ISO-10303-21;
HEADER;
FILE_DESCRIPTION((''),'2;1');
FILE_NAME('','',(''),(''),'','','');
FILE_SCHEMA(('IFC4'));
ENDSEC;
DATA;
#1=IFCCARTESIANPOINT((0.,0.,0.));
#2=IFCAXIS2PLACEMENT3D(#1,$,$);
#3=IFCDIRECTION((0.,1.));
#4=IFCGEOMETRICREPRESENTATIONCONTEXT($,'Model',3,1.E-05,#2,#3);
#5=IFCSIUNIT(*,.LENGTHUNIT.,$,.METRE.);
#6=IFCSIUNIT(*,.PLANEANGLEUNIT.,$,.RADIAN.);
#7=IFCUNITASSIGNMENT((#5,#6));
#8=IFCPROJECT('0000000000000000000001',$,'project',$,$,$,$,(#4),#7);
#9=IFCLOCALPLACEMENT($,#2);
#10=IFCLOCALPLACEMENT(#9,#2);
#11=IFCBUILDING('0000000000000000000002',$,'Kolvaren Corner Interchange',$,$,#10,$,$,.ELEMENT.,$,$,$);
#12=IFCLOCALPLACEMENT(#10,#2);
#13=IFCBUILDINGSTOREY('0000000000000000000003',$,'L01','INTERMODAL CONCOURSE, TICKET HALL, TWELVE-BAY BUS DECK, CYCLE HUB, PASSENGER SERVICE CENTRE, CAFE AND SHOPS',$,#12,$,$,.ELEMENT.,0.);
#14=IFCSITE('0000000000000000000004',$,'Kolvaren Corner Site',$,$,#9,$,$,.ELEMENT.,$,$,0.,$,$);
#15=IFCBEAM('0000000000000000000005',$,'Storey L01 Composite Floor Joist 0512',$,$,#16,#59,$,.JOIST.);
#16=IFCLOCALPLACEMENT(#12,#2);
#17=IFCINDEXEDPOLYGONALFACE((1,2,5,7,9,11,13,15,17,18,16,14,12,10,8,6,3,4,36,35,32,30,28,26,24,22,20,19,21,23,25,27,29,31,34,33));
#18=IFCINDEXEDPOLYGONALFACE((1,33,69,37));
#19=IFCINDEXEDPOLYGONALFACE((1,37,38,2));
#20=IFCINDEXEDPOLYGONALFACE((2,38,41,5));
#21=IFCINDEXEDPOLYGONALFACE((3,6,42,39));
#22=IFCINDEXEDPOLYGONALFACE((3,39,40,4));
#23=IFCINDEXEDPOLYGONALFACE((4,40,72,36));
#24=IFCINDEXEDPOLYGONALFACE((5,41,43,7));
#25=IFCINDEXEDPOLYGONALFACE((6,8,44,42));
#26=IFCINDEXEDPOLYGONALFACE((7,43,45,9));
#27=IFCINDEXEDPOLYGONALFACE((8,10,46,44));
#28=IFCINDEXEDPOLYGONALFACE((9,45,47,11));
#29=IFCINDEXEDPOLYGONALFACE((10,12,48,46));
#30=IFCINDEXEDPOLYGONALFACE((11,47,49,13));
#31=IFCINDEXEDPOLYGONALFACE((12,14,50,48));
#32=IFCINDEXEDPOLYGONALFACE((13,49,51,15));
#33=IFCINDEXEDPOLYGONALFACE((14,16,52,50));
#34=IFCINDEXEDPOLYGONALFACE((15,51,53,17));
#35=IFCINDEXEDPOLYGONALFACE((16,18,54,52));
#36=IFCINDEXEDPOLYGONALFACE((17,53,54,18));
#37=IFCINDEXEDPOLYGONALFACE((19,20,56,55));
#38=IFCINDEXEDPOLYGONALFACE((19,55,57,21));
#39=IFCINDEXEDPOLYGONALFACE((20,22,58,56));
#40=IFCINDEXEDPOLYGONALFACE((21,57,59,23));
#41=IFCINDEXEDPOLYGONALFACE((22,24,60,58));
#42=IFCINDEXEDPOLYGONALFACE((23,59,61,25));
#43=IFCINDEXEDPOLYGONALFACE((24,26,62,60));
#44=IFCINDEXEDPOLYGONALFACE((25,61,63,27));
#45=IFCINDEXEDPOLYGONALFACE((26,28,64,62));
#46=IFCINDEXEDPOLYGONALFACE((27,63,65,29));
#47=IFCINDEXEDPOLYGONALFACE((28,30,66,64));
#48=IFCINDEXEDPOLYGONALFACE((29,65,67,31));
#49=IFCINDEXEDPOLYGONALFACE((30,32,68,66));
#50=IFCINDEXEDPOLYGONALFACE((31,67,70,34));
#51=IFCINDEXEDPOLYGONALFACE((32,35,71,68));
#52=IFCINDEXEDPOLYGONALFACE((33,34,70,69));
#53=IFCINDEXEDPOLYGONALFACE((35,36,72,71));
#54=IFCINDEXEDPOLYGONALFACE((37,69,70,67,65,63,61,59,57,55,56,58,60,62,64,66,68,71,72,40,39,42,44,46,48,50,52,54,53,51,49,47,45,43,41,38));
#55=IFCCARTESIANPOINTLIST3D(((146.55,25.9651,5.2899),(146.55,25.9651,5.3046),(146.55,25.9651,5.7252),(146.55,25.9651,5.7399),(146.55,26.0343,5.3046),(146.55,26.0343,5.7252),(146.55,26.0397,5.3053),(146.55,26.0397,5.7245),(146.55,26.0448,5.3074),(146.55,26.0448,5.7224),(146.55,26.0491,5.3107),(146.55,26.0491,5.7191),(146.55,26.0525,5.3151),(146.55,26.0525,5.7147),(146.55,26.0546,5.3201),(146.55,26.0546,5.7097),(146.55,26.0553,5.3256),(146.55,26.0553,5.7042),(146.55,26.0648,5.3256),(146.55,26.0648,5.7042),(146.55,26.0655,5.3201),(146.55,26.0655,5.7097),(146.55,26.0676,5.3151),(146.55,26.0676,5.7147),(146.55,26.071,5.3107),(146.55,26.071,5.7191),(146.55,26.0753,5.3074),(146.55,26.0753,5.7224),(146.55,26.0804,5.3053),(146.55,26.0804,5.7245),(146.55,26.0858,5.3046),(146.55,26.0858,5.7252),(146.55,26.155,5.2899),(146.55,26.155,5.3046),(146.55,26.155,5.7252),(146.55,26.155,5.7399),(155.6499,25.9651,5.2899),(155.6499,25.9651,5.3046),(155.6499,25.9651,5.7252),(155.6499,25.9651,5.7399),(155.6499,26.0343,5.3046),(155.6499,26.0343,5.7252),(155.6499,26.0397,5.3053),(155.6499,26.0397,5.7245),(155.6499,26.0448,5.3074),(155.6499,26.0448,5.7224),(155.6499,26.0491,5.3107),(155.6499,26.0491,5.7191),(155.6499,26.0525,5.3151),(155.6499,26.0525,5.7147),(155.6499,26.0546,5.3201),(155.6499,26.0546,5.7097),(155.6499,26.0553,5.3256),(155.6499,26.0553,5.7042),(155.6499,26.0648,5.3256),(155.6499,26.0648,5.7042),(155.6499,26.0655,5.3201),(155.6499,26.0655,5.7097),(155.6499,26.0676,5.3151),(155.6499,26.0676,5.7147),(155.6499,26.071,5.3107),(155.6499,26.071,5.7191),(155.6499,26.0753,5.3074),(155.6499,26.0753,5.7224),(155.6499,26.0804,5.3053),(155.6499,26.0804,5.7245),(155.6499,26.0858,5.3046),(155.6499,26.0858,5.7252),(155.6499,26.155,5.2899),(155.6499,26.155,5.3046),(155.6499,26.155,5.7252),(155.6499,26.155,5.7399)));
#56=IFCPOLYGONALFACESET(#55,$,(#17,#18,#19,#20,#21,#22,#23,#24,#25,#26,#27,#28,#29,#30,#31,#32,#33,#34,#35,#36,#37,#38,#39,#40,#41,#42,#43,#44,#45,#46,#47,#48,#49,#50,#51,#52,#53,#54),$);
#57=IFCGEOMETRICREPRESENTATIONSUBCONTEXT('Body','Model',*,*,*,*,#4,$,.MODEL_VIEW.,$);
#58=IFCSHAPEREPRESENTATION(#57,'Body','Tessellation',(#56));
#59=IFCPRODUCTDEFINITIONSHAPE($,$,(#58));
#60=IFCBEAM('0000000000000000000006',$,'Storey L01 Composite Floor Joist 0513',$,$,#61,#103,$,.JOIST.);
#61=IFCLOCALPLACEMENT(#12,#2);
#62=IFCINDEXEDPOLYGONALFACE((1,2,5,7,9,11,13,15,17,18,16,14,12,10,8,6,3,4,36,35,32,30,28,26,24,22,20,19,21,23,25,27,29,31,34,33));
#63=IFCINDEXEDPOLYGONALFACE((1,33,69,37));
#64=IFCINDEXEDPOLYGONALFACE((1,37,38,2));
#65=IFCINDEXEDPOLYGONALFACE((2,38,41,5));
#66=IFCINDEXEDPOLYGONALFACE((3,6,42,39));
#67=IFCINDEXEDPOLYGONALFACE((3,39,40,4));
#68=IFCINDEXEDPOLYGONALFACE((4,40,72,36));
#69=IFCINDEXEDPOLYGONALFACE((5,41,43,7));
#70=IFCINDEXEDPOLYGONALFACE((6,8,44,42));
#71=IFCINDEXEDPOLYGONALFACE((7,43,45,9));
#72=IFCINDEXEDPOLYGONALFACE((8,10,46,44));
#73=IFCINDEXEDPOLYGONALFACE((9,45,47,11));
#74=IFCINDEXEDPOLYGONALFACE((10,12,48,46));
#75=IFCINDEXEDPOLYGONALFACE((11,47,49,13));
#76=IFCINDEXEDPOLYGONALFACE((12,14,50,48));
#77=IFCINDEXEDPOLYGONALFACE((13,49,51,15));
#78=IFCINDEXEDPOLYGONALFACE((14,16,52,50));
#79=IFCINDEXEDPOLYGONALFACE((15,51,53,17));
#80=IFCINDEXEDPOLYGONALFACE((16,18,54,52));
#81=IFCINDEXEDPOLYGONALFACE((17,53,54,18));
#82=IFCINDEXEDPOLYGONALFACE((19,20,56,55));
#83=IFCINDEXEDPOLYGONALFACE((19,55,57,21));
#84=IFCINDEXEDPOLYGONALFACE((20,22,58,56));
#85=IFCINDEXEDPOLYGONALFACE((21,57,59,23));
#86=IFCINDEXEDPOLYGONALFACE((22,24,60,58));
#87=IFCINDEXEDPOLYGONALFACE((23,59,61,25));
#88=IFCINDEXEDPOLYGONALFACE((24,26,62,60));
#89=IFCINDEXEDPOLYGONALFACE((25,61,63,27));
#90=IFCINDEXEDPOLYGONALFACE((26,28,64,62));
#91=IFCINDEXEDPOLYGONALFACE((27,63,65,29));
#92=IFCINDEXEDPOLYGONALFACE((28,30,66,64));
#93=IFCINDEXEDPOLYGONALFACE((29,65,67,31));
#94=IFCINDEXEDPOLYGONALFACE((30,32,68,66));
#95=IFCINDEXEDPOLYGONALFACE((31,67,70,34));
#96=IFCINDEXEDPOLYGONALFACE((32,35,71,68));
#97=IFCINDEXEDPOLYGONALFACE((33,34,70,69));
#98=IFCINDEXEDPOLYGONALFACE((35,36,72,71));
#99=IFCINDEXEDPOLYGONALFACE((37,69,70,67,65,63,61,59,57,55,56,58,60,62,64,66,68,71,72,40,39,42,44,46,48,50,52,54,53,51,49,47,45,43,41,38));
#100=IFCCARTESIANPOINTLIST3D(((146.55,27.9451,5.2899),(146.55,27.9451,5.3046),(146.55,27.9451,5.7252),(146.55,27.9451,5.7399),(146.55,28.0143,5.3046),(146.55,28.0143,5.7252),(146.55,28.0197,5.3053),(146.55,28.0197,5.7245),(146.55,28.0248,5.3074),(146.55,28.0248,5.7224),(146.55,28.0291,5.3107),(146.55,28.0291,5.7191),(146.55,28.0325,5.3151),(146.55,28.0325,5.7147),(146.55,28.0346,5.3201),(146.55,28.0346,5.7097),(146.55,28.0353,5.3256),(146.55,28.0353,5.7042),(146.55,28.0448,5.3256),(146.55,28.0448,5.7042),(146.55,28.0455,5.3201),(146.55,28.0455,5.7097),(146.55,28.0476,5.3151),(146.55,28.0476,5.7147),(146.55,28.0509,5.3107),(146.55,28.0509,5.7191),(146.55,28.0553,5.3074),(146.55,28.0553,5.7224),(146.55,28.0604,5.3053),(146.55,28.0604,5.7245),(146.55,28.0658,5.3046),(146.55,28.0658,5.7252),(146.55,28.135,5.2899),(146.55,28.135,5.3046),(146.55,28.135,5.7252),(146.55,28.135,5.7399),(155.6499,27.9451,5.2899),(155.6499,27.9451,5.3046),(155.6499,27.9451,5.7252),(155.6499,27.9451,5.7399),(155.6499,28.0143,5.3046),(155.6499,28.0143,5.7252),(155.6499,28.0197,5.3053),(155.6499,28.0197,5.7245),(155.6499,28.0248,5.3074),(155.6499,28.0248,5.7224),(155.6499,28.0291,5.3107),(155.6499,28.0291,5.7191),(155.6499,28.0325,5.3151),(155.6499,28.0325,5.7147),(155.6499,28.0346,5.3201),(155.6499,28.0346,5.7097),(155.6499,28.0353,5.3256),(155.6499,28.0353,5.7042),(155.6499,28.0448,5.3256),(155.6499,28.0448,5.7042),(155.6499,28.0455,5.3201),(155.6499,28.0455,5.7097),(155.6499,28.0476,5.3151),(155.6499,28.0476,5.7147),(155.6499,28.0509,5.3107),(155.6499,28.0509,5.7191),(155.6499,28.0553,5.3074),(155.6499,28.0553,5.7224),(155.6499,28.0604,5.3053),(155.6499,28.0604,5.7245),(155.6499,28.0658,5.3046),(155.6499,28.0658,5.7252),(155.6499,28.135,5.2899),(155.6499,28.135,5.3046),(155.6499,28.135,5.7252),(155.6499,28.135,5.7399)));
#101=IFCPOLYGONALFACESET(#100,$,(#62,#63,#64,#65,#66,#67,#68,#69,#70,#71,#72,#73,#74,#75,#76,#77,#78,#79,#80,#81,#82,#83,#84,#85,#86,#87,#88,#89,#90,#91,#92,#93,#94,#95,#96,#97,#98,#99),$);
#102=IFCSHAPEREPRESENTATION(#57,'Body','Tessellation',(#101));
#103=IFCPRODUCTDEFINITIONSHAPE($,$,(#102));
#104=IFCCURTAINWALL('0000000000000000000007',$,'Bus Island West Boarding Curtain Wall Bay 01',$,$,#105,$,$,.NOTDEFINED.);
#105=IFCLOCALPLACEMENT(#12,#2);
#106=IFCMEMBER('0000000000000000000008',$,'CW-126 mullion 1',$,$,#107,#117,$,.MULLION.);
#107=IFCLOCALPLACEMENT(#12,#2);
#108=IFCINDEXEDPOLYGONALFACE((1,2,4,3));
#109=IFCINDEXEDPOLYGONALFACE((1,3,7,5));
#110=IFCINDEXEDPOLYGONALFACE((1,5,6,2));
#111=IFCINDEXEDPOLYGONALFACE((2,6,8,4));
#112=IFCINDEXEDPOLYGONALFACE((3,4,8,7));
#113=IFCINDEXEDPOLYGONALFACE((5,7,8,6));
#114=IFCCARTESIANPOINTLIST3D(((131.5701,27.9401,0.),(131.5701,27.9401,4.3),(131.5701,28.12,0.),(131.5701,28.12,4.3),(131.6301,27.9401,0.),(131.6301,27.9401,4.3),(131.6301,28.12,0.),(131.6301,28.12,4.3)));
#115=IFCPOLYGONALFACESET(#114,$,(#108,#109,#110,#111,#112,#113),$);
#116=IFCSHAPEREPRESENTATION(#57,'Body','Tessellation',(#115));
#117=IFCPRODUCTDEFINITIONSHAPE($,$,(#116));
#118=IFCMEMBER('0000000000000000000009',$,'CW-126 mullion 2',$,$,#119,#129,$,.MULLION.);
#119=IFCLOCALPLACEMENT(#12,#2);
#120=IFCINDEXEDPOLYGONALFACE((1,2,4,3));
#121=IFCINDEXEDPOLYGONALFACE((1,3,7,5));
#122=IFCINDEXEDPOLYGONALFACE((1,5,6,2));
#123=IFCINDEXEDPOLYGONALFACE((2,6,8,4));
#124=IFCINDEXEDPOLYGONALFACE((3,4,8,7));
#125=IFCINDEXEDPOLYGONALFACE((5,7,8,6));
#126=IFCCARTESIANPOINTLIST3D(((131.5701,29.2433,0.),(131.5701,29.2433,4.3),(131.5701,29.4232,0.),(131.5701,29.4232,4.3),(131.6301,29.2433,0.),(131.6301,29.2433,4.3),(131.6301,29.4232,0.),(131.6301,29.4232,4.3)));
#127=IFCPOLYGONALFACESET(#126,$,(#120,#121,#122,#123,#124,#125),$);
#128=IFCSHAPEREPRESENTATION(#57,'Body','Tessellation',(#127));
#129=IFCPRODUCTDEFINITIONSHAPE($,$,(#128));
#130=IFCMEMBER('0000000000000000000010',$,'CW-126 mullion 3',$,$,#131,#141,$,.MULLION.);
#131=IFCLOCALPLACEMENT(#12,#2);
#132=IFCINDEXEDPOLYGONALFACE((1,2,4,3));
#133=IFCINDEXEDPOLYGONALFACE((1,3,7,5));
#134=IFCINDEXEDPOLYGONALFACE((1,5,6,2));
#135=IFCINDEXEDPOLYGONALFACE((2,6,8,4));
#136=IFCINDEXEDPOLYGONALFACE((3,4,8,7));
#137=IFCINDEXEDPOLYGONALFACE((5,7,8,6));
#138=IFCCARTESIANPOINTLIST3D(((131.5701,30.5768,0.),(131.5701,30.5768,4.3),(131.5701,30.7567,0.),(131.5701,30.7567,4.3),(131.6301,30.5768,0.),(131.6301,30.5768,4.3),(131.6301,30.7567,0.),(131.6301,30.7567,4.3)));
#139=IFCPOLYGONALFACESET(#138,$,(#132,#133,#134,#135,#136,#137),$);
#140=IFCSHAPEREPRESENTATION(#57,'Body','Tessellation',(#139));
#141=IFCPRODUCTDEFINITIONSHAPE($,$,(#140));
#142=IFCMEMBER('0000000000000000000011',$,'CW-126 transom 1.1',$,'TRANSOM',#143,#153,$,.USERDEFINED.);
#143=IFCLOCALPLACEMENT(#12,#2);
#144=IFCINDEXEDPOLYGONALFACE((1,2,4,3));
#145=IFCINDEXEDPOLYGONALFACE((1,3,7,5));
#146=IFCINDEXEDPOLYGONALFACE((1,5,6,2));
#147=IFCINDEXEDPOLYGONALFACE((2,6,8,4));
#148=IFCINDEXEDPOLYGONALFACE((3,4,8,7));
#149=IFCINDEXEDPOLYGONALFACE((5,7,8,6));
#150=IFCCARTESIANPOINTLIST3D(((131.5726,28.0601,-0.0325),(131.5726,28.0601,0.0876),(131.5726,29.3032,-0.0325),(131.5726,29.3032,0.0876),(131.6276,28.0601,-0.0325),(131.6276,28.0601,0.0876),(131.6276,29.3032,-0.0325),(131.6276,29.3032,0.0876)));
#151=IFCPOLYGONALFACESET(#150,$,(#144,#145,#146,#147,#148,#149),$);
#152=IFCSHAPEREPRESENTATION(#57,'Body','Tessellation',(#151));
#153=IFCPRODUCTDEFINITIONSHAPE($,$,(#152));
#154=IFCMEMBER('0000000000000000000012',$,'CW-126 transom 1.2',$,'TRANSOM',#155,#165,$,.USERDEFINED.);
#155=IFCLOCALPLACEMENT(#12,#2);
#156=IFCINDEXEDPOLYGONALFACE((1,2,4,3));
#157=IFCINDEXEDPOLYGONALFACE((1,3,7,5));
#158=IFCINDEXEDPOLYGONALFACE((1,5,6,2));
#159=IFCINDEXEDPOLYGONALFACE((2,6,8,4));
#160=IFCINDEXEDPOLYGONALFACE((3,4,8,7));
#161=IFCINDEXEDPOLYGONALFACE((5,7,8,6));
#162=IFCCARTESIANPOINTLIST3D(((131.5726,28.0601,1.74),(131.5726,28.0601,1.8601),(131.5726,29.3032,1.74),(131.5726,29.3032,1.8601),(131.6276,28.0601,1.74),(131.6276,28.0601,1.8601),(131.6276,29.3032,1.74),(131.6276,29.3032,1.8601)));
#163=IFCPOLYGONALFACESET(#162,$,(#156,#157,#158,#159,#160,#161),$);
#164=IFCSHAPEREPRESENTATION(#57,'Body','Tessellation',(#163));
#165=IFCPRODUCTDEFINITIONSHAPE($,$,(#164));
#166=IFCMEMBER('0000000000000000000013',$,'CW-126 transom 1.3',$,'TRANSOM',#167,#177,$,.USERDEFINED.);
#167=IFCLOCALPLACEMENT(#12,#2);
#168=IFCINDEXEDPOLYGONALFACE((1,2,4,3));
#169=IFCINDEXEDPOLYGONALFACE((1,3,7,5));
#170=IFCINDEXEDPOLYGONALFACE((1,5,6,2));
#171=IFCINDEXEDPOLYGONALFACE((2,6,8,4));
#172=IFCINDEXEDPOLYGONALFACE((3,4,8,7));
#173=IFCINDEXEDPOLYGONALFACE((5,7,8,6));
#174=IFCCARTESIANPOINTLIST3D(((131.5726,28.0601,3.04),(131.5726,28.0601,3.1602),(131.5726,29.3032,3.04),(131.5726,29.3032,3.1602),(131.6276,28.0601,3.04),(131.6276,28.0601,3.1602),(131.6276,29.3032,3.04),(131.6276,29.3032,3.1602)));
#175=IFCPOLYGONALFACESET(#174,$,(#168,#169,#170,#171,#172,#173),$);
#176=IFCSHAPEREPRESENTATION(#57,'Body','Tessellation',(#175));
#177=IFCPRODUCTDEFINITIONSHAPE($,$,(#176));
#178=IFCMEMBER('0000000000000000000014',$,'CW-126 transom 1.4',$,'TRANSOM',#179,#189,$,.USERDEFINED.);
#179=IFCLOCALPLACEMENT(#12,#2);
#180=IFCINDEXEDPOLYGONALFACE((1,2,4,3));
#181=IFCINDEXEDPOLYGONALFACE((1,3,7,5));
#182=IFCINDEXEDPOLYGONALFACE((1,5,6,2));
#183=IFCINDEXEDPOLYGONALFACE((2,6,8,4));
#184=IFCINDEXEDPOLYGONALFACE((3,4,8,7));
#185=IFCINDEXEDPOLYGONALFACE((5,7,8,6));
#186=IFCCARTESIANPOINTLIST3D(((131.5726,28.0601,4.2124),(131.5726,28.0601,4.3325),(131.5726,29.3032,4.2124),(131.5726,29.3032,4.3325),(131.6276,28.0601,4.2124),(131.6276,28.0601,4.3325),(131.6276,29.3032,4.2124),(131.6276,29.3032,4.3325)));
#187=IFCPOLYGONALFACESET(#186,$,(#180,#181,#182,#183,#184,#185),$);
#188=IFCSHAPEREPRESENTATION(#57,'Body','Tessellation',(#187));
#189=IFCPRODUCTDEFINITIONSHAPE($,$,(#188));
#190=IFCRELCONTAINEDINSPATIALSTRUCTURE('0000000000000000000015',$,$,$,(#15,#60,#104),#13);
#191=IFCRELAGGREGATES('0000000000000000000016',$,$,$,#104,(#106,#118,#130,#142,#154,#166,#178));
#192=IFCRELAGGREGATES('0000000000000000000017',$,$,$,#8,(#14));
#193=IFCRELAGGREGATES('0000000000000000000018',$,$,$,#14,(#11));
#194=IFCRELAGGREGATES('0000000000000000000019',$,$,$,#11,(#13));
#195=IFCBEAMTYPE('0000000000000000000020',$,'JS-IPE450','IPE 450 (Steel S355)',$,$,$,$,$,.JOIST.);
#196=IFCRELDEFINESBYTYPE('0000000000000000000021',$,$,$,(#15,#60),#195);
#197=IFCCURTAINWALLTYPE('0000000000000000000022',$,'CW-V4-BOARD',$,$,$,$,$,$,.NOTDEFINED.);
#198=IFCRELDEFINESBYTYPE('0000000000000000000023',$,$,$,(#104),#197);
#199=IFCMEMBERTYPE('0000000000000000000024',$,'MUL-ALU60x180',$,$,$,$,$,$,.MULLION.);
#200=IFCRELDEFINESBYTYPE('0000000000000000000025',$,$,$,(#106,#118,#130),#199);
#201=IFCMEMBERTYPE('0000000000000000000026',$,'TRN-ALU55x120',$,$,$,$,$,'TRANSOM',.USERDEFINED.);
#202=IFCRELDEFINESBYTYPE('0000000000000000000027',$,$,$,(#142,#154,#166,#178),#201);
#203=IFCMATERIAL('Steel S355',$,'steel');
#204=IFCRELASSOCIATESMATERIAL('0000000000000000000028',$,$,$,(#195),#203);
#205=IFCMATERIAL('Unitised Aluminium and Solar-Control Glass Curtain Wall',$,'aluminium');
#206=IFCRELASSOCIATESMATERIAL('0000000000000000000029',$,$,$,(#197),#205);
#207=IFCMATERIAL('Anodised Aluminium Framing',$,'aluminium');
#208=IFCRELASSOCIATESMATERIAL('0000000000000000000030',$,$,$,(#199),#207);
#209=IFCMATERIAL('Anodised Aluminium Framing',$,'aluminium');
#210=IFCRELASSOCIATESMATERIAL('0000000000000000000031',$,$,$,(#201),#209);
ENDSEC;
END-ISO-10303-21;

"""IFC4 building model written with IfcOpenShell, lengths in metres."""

from ifc_helpers import new_model, si_unit, direction, frame, origin, origin_2d, place, context, subcontext, project, spatial, rectangle, i_section, extrude, material, material_profile, profile_set, type_object, element, aggregate, save


model = new_model("IFC4")

# Units and contexts
model_context = context("Model", 3, precision=1e-05, world=origin(), true_north=direction((0.0, 1.0)))
body_context = subcontext(model_context, "Body", "Model", "MODEL_VIEW")
ifc_project = project(units=[si_unit("LENGTHUNIT", "METRE"), si_unit("PLANEANGLEUNIT", "RADIAN")], contexts=[model_context])

# Site, building, storey
site_placement = place(None, origin())
site = spatial("IfcSite", under=ifc_project, at=site_placement, Name="Kolvaren Corner Site", CompositionType="ELEMENT", RefElevation=0.0)
building_placement = place(site_placement, origin())
building = spatial("IfcBuilding", under=site, at=building_placement, Name="Kolvaren Corner Interchange", CompositionType="ELEMENT")
storey_placement = place(building_placement, origin())
storey = spatial("IfcBuildingStorey", under=building, at=storey_placement, Name="L01", Description="INTERMODAL CONCOURSE, TICKET HALL, TWELVE-BAY BUS DECK, CYCLE HUB, PASSENGER SERVICE CENTRE, CAFE AND SHOPS", CompositionType="ELEMENT", Elevation=0.0)

# Beams
ifc_material_1 = material(Name="Steel S355", Category="steel")
ifc_material_profile_1 = material_profile(ifc_material_1, i_section(OverallWidth=0.1899, OverallDepth=0.45, WebThickness=0.0095, FlangeThickness=0.0146, FilletRadius=0.021, at=origin_2d()), Name="IPE 450")
ifc_profile_set_1 = profile_set([ifc_material_profile_1], Name="Steel S355")
beam_type_1 = type_object("IfcBeamType", Name="JS-IPE450", Description="IPE 450 (Steel S355)", PredefinedType="JOIST", material=ifc_profile_set_1)
for number, where, z_axis, x_axis, name in (
    (1, (146.55, 26.0601, 5.5149), (1.0, 0.0, 0.0), (0.0, 1.0, 0.0), "Storey L01 Composite Floor Joist 0512"),
    (2, (146.55, 28.04, 5.5149), (1.0, 0.0, 0.0), (0.0, 1.0, 0.0), "Storey L01 Composite Floor Joist 0513"),
):
    element("IfcBeam", number, at=place(storey_placement, frame(where, z_axis=z_axis, x_axis=x_axis)), inside=storey, type_object=beam_type_1, Name=name, PredefinedType="JOIST", context=body_context, shape_type="SweptSolid", body=[
        extrude(i_section(OverallWidth=0.1899, OverallDepth=0.45, WebThickness=0.0095, FlangeThickness=0.0146, FilletRadius=0.021, at=origin_2d()), origin(), (0.0, 0.0, 1.0), 9.0999),
    ])

# Curtain wall, members
ifc_material_2 = material(Name="Unitised Aluminium and Solar-Control Glass Curtain Wall", Category="aluminium")
curtain_wall_type = type_object("IfcCurtainWallType", Name="CW-V4-BOARD", PredefinedType="NOTDEFINED", material=ifc_material_2)
curtain_wall_placement = place(storey_placement, origin())
curtain_wall = element("IfcCurtainWall", 3, at=curtain_wall_placement, inside=storey, type_object=curtain_wall_type, Name="Bus Island West Boarding Curtain Wall Bay 01", PredefinedType="NOTDEFINED")
ifc_material_3 = material(Name="Anodised Aluminium Framing", Category="aluminium")
ifc_material_profile_2 = material_profile(ifc_material_3, rectangle(XDim=0.0601, YDim=0.1799, at=origin_2d()), Name="ALU 60x180")
ifc_profile_set_2 = profile_set([ifc_material_profile_2], Name="Anodised Aluminium Framing")
member_type_1 = type_object("IfcMemberType", Name="MUL-ALU60x180", PredefinedType="MULLION", material=ifc_profile_set_2)
member_1_placement = place(storey_placement, frame((131.6001, 28.03, 0.0), z_axis=(0.0, 0.0, 1.0), x_axis=(-1.0, 0.0, 0.0)))
member_1 = element("IfcMember", 4, at=member_1_placement, type_object=member_type_1, Name="CW-126 mullion 1", PredefinedType="MULLION", context=body_context, shape_type="SweptSolid", body=[
    extrude(rectangle(XDim=0.0601, YDim=0.1799, at=origin_2d()), origin(), (0.0, 0.0, 1.0), 4.3),
])
member_2_placement = place(storey_placement, frame((131.6001, 29.3333, 0.0), z_axis=(0.0, 0.0, 1.0), x_axis=(-1.0, 0.0, 0.0)))
member_2 = element("IfcMember", 5, at=member_2_placement, type_object=member_type_1, Name="CW-126 mullion 2", PredefinedType="MULLION", context=body_context, shape_type="SweptSolid", body=[
    extrude(rectangle(XDim=0.0601, YDim=0.1799, at=origin_2d()), origin(), (0.0, 0.0, 1.0), 4.3),
])
member_3_placement = place(storey_placement, frame((131.6001, 30.6667, 0.0), z_axis=(0.0, 0.0, 1.0), x_axis=(-1.0, 0.0, 0.0)))
member_3 = element("IfcMember", 6, at=member_3_placement, type_object=member_type_1, Name="CW-126 mullion 3", PredefinedType="MULLION", context=body_context, shape_type="SweptSolid", body=[
    extrude(rectangle(XDim=0.0601, YDim=0.1799, at=origin_2d()), origin(), (0.0, 0.0, 1.0), 4.3),
])
ifc_material_4 = material(Name="Anodised Aluminium Framing", Category="aluminium")
ifc_material_profile_3 = material_profile(ifc_material_4, rectangle(XDim=0.0549, YDim=0.1201, at=origin_2d()), Name="ALU 55x120")
ifc_profile_set_3 = profile_set([ifc_material_profile_3], Name="Anodised Aluminium Framing")
member_type_2 = type_object("IfcMemberType", Name="TRN-ALU55x120", ElementType="TRANSOM", PredefinedType="USERDEFINED", material=ifc_profile_set_3)
member_4_placement = place(storey_placement, frame((131.6001, 28.0601, 0.0276), z_axis=(0.0, 1.0, 0.0), x_axis=(-1.0, 0.0, 0.0)))
member_4 = element("IfcMember", 7, at=member_4_placement, type_object=member_type_2, Name="CW-126 transom 1.1", ObjectType="TRANSOM", PredefinedType="USERDEFINED", context=body_context, shape_type="SweptSolid", body=[
    extrude(rectangle(XDim=0.0549, YDim=0.1201, at=origin_2d()), origin(), (0.0, 0.0, 1.0), 1.2432),
])
member_5_placement = place(storey_placement, frame((131.6001, 28.0601, 1.8), z_axis=(0.0, 1.0, 0.0), x_axis=(-1.0, 0.0, 0.0)))
member_5 = element("IfcMember", 8, at=member_5_placement, type_object=member_type_2, Name="CW-126 transom 1.2", ObjectType="TRANSOM", PredefinedType="USERDEFINED", context=body_context, shape_type="SweptSolid", body=[
    extrude(rectangle(XDim=0.0549, YDim=0.1201, at=origin_2d()), origin(), (0.0, 0.0, 1.0), 1.2432),
])
member_6_placement = place(storey_placement, frame((131.6001, 28.0601, 3.1001), z_axis=(0.0, 1.0, 0.0), x_axis=(-1.0, 0.0, 0.0)))
member_6 = element("IfcMember", 9, at=member_6_placement, type_object=member_type_2, Name="CW-126 transom 1.3", ObjectType="TRANSOM", PredefinedType="USERDEFINED", context=body_context, shape_type="SweptSolid", body=[
    extrude(rectangle(XDim=0.0549, YDim=0.1201, at=origin_2d()), origin(), (0.0, 0.0, 1.0), 1.2432),
])
member_7_placement = place(storey_placement, frame((131.6001, 28.0601, 4.2725), z_axis=(0.0, 1.0, 0.0), x_axis=(-1.0, 0.0, 0.0)))
member_7 = element("IfcMember", 10, at=member_7_placement, type_object=member_type_2, Name="CW-126 transom 1.4", ObjectType="TRANSOM", PredefinedType="USERDEFINED", context=body_context, shape_type="SweptSolid", body=[
    extrude(rectangle(XDim=0.0549, YDim=0.1201, at=origin_2d()), origin(), (0.0, 0.0, 1.0), 1.2432),
])
aggregate(curtain_wall, [member_1, member_2, member_3, member_4, member_5, member_6, member_7])

save(model, "model.ifc")
